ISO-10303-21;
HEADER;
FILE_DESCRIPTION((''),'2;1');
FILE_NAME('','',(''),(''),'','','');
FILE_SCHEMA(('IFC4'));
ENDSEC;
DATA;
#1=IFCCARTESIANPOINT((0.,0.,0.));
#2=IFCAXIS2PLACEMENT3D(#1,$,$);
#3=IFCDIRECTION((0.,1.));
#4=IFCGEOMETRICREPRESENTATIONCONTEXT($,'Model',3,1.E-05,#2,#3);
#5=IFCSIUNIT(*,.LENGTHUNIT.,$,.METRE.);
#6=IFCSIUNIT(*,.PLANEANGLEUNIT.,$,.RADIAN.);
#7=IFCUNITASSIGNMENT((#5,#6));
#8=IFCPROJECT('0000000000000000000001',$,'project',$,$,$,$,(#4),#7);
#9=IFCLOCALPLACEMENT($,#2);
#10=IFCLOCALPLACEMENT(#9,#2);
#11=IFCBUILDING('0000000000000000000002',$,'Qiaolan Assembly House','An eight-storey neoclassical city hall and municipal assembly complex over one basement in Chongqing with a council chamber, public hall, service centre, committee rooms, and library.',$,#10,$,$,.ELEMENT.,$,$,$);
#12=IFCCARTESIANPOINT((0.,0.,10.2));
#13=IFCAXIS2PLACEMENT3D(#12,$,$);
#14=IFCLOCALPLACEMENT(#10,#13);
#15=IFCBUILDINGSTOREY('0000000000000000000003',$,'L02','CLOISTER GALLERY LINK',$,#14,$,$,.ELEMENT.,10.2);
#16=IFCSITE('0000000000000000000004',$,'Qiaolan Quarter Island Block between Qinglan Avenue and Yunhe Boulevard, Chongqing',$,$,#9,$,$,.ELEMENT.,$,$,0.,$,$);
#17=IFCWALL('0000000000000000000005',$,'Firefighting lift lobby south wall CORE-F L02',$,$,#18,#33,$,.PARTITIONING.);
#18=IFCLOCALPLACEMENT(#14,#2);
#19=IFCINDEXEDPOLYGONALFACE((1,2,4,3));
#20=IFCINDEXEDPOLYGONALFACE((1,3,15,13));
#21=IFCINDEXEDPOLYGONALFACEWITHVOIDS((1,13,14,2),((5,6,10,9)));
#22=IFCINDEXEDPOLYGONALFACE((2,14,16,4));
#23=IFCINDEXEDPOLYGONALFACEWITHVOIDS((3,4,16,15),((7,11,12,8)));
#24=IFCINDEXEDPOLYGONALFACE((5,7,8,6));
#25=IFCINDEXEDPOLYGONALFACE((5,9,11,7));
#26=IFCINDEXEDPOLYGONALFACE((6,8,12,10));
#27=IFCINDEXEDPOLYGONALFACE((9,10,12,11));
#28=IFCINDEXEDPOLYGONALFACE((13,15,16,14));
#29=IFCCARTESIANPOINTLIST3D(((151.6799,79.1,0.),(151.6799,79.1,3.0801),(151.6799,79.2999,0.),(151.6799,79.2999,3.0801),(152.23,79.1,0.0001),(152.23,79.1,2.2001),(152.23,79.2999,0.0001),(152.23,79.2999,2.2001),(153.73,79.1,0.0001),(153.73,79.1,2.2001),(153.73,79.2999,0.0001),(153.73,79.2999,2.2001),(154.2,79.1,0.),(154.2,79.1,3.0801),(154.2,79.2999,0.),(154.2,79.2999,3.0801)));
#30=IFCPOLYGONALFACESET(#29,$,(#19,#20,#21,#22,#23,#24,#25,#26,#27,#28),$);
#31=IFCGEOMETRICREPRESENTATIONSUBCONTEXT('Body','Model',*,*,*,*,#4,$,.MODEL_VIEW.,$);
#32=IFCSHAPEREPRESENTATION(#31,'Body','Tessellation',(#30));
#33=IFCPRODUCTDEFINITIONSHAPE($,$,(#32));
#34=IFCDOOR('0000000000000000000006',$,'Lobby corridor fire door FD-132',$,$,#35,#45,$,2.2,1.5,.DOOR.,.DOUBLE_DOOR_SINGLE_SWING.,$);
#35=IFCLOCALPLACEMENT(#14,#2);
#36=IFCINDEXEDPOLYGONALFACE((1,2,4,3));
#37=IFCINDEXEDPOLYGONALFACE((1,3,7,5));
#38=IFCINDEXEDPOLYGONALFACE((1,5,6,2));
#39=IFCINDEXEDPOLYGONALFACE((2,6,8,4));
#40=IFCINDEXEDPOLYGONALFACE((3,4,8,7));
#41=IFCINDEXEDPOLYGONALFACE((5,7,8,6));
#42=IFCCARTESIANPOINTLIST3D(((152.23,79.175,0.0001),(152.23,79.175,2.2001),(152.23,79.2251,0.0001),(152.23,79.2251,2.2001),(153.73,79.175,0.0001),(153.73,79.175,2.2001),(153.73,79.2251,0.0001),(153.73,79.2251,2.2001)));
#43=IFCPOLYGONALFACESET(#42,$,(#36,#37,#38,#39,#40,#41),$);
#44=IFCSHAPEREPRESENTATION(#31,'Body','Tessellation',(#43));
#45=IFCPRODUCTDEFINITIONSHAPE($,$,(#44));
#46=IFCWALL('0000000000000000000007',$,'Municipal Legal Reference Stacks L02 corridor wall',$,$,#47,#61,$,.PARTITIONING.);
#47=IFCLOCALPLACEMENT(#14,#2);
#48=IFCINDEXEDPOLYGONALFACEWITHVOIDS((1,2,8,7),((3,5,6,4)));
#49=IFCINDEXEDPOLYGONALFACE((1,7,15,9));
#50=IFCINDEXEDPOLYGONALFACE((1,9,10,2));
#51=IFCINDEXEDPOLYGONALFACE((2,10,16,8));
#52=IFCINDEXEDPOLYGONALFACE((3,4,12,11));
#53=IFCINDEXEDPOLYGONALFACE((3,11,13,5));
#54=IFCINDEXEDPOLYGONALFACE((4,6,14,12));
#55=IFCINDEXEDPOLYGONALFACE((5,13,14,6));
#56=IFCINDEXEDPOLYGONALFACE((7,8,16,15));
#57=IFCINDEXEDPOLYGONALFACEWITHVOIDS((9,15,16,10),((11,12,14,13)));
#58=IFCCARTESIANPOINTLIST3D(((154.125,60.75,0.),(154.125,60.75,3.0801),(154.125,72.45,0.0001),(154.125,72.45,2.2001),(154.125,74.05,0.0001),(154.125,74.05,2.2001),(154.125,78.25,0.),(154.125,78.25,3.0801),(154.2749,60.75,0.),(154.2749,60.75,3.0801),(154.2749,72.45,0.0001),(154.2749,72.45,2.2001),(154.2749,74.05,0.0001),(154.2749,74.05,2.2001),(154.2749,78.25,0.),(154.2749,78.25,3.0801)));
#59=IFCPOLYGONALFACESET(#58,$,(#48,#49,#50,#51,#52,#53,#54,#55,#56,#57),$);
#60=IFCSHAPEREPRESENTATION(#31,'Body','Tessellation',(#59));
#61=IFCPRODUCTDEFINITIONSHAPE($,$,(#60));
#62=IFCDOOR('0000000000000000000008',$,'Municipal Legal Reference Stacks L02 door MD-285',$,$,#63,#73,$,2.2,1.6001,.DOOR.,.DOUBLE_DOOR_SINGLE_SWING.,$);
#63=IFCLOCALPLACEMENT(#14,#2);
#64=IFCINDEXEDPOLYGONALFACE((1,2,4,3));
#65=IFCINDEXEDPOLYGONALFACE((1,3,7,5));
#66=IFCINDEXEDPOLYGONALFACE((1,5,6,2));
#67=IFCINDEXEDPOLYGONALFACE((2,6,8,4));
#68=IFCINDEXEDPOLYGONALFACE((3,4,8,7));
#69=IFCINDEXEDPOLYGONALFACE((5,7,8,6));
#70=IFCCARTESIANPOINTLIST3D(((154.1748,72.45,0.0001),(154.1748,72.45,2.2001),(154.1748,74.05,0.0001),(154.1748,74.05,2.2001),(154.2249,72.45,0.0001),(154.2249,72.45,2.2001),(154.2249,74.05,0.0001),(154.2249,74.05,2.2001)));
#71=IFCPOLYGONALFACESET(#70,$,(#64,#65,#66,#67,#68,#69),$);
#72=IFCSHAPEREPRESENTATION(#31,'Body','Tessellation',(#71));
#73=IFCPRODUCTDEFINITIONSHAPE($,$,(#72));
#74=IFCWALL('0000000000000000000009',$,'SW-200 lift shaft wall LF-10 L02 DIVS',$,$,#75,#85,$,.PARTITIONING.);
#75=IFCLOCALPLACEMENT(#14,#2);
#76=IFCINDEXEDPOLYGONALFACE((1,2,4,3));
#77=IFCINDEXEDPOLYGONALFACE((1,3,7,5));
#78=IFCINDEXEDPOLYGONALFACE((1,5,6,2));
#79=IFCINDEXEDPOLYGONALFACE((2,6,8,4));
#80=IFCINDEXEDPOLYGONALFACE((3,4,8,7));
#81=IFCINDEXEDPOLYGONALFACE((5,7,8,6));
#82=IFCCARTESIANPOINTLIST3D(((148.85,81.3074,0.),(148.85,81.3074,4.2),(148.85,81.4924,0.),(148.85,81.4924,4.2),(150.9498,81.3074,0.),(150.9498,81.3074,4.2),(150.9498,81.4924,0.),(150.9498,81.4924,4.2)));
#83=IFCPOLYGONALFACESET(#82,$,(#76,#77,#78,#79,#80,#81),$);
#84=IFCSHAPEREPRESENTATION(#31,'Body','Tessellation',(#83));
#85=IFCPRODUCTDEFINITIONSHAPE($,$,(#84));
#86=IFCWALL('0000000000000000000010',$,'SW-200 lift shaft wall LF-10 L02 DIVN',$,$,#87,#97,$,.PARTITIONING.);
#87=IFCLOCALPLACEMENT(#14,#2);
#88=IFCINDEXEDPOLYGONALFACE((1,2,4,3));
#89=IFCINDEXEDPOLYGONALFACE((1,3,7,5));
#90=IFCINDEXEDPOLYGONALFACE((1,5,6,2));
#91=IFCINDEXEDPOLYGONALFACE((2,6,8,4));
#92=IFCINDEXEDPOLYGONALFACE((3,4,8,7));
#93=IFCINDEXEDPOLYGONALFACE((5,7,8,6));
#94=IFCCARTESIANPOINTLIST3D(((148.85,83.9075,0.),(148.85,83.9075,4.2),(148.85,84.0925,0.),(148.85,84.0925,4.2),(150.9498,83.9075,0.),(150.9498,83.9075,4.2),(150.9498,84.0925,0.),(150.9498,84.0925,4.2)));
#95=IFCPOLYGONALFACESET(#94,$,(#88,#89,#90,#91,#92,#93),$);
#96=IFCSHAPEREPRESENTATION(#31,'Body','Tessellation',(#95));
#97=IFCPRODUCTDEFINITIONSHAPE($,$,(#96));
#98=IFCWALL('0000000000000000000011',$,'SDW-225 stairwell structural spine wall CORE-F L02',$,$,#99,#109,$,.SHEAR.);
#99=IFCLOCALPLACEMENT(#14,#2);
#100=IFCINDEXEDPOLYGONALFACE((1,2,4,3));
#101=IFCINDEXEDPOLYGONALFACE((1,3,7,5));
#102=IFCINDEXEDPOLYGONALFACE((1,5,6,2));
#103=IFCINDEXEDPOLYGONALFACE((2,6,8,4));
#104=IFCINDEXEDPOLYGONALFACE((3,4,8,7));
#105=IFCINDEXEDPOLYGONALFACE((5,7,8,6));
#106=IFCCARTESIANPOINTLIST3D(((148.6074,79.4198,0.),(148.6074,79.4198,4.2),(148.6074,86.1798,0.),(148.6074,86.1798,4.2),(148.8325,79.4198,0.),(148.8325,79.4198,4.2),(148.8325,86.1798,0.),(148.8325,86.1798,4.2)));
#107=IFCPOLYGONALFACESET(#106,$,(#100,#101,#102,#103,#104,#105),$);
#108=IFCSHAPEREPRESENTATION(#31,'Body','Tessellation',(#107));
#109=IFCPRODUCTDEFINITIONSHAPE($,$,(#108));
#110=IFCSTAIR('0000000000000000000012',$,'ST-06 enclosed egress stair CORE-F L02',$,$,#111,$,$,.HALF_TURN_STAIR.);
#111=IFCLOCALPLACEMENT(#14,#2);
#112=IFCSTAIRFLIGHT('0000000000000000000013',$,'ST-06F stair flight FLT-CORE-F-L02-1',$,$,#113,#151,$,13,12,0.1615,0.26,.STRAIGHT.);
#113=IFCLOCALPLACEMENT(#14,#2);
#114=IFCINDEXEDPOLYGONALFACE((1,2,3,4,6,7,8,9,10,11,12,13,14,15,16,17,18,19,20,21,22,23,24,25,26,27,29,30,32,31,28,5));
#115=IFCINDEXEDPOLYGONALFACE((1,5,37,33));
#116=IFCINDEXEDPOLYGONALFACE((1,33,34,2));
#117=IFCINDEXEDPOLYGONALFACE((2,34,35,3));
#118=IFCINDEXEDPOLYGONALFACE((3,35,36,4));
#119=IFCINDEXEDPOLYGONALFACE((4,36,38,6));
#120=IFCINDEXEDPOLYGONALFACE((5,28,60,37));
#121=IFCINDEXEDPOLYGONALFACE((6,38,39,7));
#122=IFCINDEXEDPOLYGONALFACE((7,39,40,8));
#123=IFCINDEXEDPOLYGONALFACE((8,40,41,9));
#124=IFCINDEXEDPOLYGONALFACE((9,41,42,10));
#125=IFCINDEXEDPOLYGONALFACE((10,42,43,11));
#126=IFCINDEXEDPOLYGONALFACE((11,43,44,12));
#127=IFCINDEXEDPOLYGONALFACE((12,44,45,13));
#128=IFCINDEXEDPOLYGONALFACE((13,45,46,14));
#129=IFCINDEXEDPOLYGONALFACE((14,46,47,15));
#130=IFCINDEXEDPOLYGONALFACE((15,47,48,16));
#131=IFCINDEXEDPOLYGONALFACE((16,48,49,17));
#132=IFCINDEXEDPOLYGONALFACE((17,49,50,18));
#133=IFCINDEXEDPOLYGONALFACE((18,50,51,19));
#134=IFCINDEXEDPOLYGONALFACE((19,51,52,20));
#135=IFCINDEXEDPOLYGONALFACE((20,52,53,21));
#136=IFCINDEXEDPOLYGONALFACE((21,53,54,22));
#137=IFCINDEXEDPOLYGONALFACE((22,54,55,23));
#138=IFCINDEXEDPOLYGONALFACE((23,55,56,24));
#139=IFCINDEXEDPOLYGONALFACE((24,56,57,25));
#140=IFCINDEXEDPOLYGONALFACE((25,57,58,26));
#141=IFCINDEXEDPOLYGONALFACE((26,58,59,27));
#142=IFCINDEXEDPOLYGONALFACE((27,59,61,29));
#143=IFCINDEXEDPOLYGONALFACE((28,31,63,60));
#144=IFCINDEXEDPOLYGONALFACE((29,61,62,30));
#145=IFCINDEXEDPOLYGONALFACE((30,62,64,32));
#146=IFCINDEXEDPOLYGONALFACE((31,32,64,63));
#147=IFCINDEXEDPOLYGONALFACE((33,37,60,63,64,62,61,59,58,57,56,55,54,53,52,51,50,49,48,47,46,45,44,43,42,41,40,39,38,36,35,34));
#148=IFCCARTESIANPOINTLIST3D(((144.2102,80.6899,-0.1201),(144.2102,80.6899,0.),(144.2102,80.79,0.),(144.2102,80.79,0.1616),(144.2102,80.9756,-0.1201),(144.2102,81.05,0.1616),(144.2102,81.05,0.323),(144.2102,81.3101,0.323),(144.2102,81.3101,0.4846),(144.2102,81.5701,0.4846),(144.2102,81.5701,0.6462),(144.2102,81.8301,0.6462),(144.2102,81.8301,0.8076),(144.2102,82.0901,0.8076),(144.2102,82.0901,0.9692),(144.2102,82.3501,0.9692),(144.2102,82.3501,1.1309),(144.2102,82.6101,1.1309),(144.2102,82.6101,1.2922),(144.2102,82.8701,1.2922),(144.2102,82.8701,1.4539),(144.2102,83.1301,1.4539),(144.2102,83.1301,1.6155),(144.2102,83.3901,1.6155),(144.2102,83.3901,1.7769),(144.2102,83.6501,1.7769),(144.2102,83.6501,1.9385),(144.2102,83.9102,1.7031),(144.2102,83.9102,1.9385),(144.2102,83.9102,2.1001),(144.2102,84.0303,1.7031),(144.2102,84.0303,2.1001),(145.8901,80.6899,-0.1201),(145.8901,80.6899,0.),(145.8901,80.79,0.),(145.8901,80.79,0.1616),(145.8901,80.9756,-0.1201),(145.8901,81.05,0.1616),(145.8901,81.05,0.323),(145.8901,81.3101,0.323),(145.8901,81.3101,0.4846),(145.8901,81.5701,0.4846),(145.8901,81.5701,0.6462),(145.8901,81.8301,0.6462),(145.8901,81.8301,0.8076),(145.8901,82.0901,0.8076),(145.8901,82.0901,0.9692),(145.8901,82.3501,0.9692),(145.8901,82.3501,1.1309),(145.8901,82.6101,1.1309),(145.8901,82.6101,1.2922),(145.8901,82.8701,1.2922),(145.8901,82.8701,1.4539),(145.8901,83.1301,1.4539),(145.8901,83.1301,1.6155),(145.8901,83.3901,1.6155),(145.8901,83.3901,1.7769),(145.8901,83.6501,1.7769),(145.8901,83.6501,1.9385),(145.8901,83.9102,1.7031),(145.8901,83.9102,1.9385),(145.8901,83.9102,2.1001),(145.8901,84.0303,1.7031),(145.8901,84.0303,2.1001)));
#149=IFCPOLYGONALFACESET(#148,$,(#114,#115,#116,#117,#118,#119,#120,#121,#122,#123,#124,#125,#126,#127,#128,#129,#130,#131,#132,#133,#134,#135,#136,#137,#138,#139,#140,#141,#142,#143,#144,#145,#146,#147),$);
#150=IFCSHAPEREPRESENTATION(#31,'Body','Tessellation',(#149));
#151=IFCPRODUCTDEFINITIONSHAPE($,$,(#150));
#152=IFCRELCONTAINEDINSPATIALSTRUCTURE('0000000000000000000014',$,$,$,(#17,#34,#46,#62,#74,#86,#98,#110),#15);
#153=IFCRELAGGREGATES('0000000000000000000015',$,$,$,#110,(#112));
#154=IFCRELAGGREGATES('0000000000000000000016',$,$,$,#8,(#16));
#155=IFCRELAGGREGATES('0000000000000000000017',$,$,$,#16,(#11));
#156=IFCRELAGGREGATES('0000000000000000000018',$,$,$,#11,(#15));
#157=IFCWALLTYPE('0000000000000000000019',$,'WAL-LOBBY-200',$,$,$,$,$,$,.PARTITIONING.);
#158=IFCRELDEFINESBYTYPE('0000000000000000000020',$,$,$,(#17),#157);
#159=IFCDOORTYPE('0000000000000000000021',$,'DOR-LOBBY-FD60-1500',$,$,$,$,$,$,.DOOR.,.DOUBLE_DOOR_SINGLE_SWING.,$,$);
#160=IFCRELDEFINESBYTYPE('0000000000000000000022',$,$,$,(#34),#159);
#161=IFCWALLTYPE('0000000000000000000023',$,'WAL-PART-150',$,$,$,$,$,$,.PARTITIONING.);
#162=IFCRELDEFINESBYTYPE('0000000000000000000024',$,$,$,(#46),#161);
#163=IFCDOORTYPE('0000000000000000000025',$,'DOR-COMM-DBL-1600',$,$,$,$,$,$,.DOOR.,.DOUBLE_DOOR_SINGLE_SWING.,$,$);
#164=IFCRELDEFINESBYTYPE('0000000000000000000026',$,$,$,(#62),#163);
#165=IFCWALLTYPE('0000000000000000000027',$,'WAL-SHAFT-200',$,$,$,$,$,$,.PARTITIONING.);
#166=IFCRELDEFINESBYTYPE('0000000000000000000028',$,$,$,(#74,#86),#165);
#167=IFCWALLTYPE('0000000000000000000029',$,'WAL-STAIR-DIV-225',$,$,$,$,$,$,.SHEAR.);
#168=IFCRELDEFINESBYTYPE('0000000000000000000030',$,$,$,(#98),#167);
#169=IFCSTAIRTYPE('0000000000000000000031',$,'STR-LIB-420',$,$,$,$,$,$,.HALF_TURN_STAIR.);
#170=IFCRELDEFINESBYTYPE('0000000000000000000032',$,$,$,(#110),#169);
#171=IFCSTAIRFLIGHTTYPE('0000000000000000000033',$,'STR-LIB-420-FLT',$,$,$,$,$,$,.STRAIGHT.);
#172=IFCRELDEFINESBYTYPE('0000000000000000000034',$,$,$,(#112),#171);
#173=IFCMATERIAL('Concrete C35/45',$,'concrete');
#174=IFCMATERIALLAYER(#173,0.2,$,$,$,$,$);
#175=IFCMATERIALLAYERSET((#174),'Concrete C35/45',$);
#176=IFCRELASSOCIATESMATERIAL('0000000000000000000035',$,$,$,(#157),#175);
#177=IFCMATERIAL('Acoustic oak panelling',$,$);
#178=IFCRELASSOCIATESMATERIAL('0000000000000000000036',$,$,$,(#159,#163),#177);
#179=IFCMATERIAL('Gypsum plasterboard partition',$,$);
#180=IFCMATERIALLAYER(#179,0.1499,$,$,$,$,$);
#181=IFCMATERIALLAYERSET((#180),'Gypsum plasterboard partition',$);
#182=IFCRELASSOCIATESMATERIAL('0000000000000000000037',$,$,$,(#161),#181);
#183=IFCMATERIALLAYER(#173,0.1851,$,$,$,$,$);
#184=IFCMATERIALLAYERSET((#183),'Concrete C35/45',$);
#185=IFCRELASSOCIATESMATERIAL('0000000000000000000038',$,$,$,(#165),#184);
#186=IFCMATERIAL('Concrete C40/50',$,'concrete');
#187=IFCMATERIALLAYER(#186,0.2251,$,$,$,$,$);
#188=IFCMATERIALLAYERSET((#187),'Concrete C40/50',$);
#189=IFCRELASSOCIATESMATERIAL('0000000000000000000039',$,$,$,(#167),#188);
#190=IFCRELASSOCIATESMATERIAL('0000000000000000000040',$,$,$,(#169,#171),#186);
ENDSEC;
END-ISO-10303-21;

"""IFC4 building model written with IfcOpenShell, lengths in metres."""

from ifc_helpers import new_model, si_unit, direction, frame, frame_2d, origin, place, context, subcontext, project, spatial, polyline, rectangle, outline, extrude, material, layer, layer_set, type_object, element, fill, aggregate, save


model = new_model("IFC4")

# Units and contexts
model_context = context("Model", 3, precision=1e-05, world=origin(), true_north=direction((0.0, 1.0)))
body_context = subcontext(model_context, "Body", "Model", "MODEL_VIEW")
ifc_project = project(units=[si_unit("LENGTHUNIT", "METRE"), si_unit("PLANEANGLEUNIT", "RADIAN")], contexts=[model_context])

# Site, building, storey
site_placement = place(None, origin())
site = spatial("IfcSite", under=ifc_project, at=site_placement, Name="Qiaolan Quarter Island Block between Qinglan Avenue and Yunhe Boulevard, Chongqing", CompositionType="ELEMENT", RefElevation=0.0)
building_placement = place(site_placement, origin())
building = spatial("IfcBuilding", under=site, at=building_placement, Name="Qiaolan Assembly House", Description="An eight-storey neoclassical city hall and municipal assembly complex over one basement in Chongqing with a council chamber, public hall, service centre, committee rooms, and library.", CompositionType="ELEMENT")
storey_placement = place(building_placement, frame((0.0, 0.0, 10.2)))
storey = spatial("IfcBuildingStorey", under=building, at=storey_placement, Name="L02", Description="CLOISTER GALLERY LINK", CompositionType="ELEMENT", Elevation=10.2)

# Shared definitions
ifc_material_1 = material(Name="Concrete C40/50", Category="concrete")

# Walls, openings, doors
ifc_material_2 = material(Name="Concrete C35/45", Category="concrete")
ifc_layer_1 = layer(ifc_material_2, 0.2)
ifc_layer_set_1 = layer_set([ifc_layer_1], Name="Concrete C35/45")
wall_type_1 = type_object("IfcWallType", Name="WAL-LOBBY-200", PredefinedType="PARTITIONING", material=ifc_layer_set_1)
wall_1_placement = place(storey_placement, frame((151.6799, 79.2, 0.0), z_axis=(0.0, 0.0, 1.0), x_axis=(1.0, 0.0, 0.0)))
wall_1 = element("IfcWall", 1, at=wall_1_placement, inside=storey, type_object=wall_type_1, Name="Firefighting lift lobby south wall CORE-F L02", PredefinedType="PARTITIONING", context=body_context, shape_type="SweptSolid", body=[
    extrude(rectangle(XDim=2.52, YDim=0.2, at=frame_2d((1.26, 0.0))), origin(), (0.0, 0.0, 1.0), 3.0801),
])
opening_1_placement = place(wall_1_placement, frame((0.55, 0.0, 0.0)))
opening_1 = element("IfcOpeningElement", 2, at=opening_1_placement, cuts=wall_1, PredefinedType="OPENING", context=body_context, shape_type="SweptSolid", body=[
    extrude(rectangle(XDim=1.5, YDim=2.2, at=frame_2d((0.75, 1.1001))), frame((0.0, 0.1099, 0.0), z_axis=(0.0, -1.0, 0.0), x_axis=(1.0, 0.0, 0.0)), (0.0, 0.0, 1.0), 0.22),
])
ifc_material_3 = material(Name="Acoustic oak panelling")
door_type_1 = type_object("IfcDoorType", Name="DOR-LOBBY-FD60-1500", OperationType="DOUBLE_DOOR_SINGLE_SWING", PredefinedType="DOOR", material=ifc_material_3)
door_1_placement = place(opening_1_placement, frame((1.5, 0.0, 0.0), z_axis=(0.0, 0.0, 1.0), x_axis=(-1.0, 0.0, 0.0)))
door_1 = element("IfcDoor", 3, at=door_1_placement, inside=storey, type_object=door_type_1, Name="Lobby corridor fire door FD-132", OperationType="DOUBLE_DOOR_SINGLE_SWING", OverallHeight=2.2, OverallWidth=1.5, PredefinedType="DOOR", context=body_context, shape_type="SweptSolid", body=[
    extrude(rectangle(XDim=1.5, YDim=2.2, at=frame_2d((0.75, 1.1001))), frame((0.0, 0.0249, 0.0), z_axis=(0.0, -1.0, 0.0), x_axis=(1.0, 0.0, 0.0)), (0.0, 0.0, 1.0), 0.05),
])
fill(opening_1, door_1)
ifc_material_4 = material(Name="Gypsum plasterboard partition")
ifc_layer_2 = layer(ifc_material_4, 0.1499)
ifc_layer_set_2 = layer_set([ifc_layer_2], Name="Gypsum plasterboard partition")
wall_type_2 = type_object("IfcWallType", Name="WAL-PART-150", PredefinedType="PARTITIONING", material=ifc_layer_set_2)
wall_2_placement = place(storey_placement, frame((154.2, 78.25, 0.0), z_axis=(0.0, 0.0, 1.0), x_axis=(0.0, -1.0, 0.0)))
wall_2 = element("IfcWall", 4, at=wall_2_placement, inside=storey, type_object=wall_type_2, Name="Municipal Legal Reference Stacks L02 corridor wall", PredefinedType="PARTITIONING", context=body_context, shape_type="SweptSolid", body=[
    extrude(rectangle(XDim=17.5, YDim=0.1499, at=frame_2d((8.75, 0.0))), origin(), (0.0, 0.0, 1.0), 3.0801),
])
opening_2_placement = place(wall_2_placement, frame((4.2, 0.0, 0.0)))
opening_2 = element("IfcOpeningElement", 5, at=opening_2_placement, cuts=wall_2, PredefinedType="OPENING", context=body_context, shape_type="SweptSolid", body=[
    extrude(rectangle(XDim=1.6001, YDim=2.2, at=frame_2d((0.8, 1.1001))), frame((0.0, 0.085, 0.0), z_axis=(0.0, -1.0, 0.0), x_axis=(1.0, 0.0, 0.0)), (0.0, 0.0, 1.0), 0.1699),
])
door_type_2 = type_object("IfcDoorType", Name="DOR-COMM-DBL-1600", OperationType="DOUBLE_DOOR_SINGLE_SWING", PredefinedType="DOOR", material=ifc_material_3)
door_2_placement = place(opening_2_placement, origin())
door_2 = element("IfcDoor", 6, at=door_2_placement, inside=storey, type_object=door_type_2, Name="Municipal Legal Reference Stacks L02 door MD-285", OperationType="DOUBLE_DOOR_SINGLE_SWING", OverallHeight=2.2, OverallWidth=1.6001, PredefinedType="DOOR", context=body_context, shape_type="SweptSolid", body=[
    extrude(rectangle(XDim=1.6001, YDim=2.2, at=frame_2d((0.8, 1.1001))), frame((0.0, 0.0249, 0.0), z_axis=(0.0, -1.0, 0.0), x_axis=(1.0, 0.0, 0.0)), (0.0, 0.0, 1.0), 0.05),
])
fill(opening_2, door_2)

# Walls
ifc_layer_3 = layer(ifc_material_2, 0.1851)
ifc_layer_set_3 = layer_set([ifc_layer_3], Name="Concrete C35/45")
wall_type_3 = type_object("IfcWallType", Name="WAL-SHAFT-200", PredefinedType="PARTITIONING", material=ifc_layer_set_3)
for number, where, z_axis, x_axis, name in (
    (7, (148.8501, 81.3999, 0.0), (0.0, 0.0, 1.0), (1.0, 0.0, 0.0), "SW-200 lift shaft wall LF-10 L02 DIVS"),
    (8, (148.8501, 84.0, 0.0), (0.0, 0.0, 1.0), (1.0, 0.0, 0.0), "SW-200 lift shaft wall LF-10 L02 DIVN"),
):
    element("IfcWall", number, at=place(storey_placement, frame(where, z_axis=z_axis, x_axis=x_axis)), inside=storey, type_object=wall_type_3, Name=name, PredefinedType="PARTITIONING", context=body_context, shape_type="SweptSolid", body=[
        extrude(rectangle(XDim=2.0999, YDim=0.1851, at=frame_2d((1.0498, 0.0))), origin(), (0.0, 0.0, 1.0), 4.2),
    ])
ifc_layer_4 = layer(ifc_material_1, 0.2251)
ifc_layer_set_4 = layer_set([ifc_layer_4], Name="Concrete C40/50")
wall_type_4 = type_object("IfcWallType", Name="WAL-STAIR-DIV-225", PredefinedType="SHEAR", material=ifc_layer_set_4)
wall_3_placement = place(storey_placement, frame((148.72, 79.4199, 0.0), z_axis=(0.0, 0.0, 1.0), x_axis=(0.0, 1.0, 0.0)))
element("IfcWall", 9, at=wall_3_placement, inside=storey, type_object=wall_type_4, Name="SDW-225 stairwell structural spine wall CORE-F L02", PredefinedType="SHEAR", context=body_context, shape_type="SweptSolid", body=[
    extrude(rectangle(XDim=6.76, YDim=0.2251, at=frame_2d((3.3799, 0.0))), origin(), (0.0, 0.0, 1.0), 4.2),
])

# Stair, stair flight
stair_type = type_object("IfcStairType", Name="STR-LIB-420", PredefinedType="HALF_TURN_STAIR", material=ifc_material_1)
stair_placement = place(storey_placement, origin())
stair = element("IfcStair", 10, at=stair_placement, inside=storey, type_object=stair_type, Name="ST-06 enclosed egress stair CORE-F L02", PredefinedType="HALF_TURN_STAIR")
stair_flight_type = type_object("IfcStairFlightType", Name="STR-LIB-420-FLT", PredefinedType="STRAIGHT", material=ifc_material_1)
stair_flight_1_placement = place(storey_placement, frame((145.05, 80.79, 0.0), z_axis=(0.0, 0.0, 1.0), x_axis=(0.0, 1.0, 0.0)))
stair_flight_1 = element("IfcStairFlight", 11, at=stair_flight_1_placement, type_object=stair_flight_type, Name="ST-06F stair flight FLT-CORE-F-L02-1", NumberOfRisers=13, NumberOfTreads=12, PredefinedType="STRAIGHT", RiserHeight=0.1615, TreadLength=0.26, context=body_context, shape_type="SweptSolid", body=[
    extrude(outline(polyline([(-0.1001, -0.1201), (-0.1001, 0.0), (0.0, 0.0), (0.0, 0.1616), (0.26, 0.1616), (0.26, 0.323), (0.52, 0.323), (0.52, 0.4846), (0.78, 0.4846), (0.78, 0.6462), (1.04, 0.6462), (1.04, 0.8076), (1.3, 0.8076), (1.3, 0.9692), (1.5601, 0.9692), (1.5601, 1.1309), (1.8201, 1.1309), (1.8201, 1.2922), (2.0801, 1.2922), (2.0801, 1.4539), (2.3401, 1.4539), (2.3401, 1.6155), (2.6001, 1.6155), (2.6001, 1.7769), (2.8601, 1.7769), (2.8601, 1.9385), (3.1201, 1.9385), (3.1201, 2.1001), (3.2402, 2.1001), (3.2402, 1.7031), (3.1201, 1.7031), (0.1855, -0.1201), (-0.1001, -0.1201)])), frame((0.0, 0.8398, 0.0), z_axis=(0.0, -1.0, 0.0), x_axis=(1.0, 0.0, 0.0)), (0.0, 0.0, 1.0), 1.6799),
])
aggregate(stair, [stair_flight_1])

save(model, "model.ifc")
